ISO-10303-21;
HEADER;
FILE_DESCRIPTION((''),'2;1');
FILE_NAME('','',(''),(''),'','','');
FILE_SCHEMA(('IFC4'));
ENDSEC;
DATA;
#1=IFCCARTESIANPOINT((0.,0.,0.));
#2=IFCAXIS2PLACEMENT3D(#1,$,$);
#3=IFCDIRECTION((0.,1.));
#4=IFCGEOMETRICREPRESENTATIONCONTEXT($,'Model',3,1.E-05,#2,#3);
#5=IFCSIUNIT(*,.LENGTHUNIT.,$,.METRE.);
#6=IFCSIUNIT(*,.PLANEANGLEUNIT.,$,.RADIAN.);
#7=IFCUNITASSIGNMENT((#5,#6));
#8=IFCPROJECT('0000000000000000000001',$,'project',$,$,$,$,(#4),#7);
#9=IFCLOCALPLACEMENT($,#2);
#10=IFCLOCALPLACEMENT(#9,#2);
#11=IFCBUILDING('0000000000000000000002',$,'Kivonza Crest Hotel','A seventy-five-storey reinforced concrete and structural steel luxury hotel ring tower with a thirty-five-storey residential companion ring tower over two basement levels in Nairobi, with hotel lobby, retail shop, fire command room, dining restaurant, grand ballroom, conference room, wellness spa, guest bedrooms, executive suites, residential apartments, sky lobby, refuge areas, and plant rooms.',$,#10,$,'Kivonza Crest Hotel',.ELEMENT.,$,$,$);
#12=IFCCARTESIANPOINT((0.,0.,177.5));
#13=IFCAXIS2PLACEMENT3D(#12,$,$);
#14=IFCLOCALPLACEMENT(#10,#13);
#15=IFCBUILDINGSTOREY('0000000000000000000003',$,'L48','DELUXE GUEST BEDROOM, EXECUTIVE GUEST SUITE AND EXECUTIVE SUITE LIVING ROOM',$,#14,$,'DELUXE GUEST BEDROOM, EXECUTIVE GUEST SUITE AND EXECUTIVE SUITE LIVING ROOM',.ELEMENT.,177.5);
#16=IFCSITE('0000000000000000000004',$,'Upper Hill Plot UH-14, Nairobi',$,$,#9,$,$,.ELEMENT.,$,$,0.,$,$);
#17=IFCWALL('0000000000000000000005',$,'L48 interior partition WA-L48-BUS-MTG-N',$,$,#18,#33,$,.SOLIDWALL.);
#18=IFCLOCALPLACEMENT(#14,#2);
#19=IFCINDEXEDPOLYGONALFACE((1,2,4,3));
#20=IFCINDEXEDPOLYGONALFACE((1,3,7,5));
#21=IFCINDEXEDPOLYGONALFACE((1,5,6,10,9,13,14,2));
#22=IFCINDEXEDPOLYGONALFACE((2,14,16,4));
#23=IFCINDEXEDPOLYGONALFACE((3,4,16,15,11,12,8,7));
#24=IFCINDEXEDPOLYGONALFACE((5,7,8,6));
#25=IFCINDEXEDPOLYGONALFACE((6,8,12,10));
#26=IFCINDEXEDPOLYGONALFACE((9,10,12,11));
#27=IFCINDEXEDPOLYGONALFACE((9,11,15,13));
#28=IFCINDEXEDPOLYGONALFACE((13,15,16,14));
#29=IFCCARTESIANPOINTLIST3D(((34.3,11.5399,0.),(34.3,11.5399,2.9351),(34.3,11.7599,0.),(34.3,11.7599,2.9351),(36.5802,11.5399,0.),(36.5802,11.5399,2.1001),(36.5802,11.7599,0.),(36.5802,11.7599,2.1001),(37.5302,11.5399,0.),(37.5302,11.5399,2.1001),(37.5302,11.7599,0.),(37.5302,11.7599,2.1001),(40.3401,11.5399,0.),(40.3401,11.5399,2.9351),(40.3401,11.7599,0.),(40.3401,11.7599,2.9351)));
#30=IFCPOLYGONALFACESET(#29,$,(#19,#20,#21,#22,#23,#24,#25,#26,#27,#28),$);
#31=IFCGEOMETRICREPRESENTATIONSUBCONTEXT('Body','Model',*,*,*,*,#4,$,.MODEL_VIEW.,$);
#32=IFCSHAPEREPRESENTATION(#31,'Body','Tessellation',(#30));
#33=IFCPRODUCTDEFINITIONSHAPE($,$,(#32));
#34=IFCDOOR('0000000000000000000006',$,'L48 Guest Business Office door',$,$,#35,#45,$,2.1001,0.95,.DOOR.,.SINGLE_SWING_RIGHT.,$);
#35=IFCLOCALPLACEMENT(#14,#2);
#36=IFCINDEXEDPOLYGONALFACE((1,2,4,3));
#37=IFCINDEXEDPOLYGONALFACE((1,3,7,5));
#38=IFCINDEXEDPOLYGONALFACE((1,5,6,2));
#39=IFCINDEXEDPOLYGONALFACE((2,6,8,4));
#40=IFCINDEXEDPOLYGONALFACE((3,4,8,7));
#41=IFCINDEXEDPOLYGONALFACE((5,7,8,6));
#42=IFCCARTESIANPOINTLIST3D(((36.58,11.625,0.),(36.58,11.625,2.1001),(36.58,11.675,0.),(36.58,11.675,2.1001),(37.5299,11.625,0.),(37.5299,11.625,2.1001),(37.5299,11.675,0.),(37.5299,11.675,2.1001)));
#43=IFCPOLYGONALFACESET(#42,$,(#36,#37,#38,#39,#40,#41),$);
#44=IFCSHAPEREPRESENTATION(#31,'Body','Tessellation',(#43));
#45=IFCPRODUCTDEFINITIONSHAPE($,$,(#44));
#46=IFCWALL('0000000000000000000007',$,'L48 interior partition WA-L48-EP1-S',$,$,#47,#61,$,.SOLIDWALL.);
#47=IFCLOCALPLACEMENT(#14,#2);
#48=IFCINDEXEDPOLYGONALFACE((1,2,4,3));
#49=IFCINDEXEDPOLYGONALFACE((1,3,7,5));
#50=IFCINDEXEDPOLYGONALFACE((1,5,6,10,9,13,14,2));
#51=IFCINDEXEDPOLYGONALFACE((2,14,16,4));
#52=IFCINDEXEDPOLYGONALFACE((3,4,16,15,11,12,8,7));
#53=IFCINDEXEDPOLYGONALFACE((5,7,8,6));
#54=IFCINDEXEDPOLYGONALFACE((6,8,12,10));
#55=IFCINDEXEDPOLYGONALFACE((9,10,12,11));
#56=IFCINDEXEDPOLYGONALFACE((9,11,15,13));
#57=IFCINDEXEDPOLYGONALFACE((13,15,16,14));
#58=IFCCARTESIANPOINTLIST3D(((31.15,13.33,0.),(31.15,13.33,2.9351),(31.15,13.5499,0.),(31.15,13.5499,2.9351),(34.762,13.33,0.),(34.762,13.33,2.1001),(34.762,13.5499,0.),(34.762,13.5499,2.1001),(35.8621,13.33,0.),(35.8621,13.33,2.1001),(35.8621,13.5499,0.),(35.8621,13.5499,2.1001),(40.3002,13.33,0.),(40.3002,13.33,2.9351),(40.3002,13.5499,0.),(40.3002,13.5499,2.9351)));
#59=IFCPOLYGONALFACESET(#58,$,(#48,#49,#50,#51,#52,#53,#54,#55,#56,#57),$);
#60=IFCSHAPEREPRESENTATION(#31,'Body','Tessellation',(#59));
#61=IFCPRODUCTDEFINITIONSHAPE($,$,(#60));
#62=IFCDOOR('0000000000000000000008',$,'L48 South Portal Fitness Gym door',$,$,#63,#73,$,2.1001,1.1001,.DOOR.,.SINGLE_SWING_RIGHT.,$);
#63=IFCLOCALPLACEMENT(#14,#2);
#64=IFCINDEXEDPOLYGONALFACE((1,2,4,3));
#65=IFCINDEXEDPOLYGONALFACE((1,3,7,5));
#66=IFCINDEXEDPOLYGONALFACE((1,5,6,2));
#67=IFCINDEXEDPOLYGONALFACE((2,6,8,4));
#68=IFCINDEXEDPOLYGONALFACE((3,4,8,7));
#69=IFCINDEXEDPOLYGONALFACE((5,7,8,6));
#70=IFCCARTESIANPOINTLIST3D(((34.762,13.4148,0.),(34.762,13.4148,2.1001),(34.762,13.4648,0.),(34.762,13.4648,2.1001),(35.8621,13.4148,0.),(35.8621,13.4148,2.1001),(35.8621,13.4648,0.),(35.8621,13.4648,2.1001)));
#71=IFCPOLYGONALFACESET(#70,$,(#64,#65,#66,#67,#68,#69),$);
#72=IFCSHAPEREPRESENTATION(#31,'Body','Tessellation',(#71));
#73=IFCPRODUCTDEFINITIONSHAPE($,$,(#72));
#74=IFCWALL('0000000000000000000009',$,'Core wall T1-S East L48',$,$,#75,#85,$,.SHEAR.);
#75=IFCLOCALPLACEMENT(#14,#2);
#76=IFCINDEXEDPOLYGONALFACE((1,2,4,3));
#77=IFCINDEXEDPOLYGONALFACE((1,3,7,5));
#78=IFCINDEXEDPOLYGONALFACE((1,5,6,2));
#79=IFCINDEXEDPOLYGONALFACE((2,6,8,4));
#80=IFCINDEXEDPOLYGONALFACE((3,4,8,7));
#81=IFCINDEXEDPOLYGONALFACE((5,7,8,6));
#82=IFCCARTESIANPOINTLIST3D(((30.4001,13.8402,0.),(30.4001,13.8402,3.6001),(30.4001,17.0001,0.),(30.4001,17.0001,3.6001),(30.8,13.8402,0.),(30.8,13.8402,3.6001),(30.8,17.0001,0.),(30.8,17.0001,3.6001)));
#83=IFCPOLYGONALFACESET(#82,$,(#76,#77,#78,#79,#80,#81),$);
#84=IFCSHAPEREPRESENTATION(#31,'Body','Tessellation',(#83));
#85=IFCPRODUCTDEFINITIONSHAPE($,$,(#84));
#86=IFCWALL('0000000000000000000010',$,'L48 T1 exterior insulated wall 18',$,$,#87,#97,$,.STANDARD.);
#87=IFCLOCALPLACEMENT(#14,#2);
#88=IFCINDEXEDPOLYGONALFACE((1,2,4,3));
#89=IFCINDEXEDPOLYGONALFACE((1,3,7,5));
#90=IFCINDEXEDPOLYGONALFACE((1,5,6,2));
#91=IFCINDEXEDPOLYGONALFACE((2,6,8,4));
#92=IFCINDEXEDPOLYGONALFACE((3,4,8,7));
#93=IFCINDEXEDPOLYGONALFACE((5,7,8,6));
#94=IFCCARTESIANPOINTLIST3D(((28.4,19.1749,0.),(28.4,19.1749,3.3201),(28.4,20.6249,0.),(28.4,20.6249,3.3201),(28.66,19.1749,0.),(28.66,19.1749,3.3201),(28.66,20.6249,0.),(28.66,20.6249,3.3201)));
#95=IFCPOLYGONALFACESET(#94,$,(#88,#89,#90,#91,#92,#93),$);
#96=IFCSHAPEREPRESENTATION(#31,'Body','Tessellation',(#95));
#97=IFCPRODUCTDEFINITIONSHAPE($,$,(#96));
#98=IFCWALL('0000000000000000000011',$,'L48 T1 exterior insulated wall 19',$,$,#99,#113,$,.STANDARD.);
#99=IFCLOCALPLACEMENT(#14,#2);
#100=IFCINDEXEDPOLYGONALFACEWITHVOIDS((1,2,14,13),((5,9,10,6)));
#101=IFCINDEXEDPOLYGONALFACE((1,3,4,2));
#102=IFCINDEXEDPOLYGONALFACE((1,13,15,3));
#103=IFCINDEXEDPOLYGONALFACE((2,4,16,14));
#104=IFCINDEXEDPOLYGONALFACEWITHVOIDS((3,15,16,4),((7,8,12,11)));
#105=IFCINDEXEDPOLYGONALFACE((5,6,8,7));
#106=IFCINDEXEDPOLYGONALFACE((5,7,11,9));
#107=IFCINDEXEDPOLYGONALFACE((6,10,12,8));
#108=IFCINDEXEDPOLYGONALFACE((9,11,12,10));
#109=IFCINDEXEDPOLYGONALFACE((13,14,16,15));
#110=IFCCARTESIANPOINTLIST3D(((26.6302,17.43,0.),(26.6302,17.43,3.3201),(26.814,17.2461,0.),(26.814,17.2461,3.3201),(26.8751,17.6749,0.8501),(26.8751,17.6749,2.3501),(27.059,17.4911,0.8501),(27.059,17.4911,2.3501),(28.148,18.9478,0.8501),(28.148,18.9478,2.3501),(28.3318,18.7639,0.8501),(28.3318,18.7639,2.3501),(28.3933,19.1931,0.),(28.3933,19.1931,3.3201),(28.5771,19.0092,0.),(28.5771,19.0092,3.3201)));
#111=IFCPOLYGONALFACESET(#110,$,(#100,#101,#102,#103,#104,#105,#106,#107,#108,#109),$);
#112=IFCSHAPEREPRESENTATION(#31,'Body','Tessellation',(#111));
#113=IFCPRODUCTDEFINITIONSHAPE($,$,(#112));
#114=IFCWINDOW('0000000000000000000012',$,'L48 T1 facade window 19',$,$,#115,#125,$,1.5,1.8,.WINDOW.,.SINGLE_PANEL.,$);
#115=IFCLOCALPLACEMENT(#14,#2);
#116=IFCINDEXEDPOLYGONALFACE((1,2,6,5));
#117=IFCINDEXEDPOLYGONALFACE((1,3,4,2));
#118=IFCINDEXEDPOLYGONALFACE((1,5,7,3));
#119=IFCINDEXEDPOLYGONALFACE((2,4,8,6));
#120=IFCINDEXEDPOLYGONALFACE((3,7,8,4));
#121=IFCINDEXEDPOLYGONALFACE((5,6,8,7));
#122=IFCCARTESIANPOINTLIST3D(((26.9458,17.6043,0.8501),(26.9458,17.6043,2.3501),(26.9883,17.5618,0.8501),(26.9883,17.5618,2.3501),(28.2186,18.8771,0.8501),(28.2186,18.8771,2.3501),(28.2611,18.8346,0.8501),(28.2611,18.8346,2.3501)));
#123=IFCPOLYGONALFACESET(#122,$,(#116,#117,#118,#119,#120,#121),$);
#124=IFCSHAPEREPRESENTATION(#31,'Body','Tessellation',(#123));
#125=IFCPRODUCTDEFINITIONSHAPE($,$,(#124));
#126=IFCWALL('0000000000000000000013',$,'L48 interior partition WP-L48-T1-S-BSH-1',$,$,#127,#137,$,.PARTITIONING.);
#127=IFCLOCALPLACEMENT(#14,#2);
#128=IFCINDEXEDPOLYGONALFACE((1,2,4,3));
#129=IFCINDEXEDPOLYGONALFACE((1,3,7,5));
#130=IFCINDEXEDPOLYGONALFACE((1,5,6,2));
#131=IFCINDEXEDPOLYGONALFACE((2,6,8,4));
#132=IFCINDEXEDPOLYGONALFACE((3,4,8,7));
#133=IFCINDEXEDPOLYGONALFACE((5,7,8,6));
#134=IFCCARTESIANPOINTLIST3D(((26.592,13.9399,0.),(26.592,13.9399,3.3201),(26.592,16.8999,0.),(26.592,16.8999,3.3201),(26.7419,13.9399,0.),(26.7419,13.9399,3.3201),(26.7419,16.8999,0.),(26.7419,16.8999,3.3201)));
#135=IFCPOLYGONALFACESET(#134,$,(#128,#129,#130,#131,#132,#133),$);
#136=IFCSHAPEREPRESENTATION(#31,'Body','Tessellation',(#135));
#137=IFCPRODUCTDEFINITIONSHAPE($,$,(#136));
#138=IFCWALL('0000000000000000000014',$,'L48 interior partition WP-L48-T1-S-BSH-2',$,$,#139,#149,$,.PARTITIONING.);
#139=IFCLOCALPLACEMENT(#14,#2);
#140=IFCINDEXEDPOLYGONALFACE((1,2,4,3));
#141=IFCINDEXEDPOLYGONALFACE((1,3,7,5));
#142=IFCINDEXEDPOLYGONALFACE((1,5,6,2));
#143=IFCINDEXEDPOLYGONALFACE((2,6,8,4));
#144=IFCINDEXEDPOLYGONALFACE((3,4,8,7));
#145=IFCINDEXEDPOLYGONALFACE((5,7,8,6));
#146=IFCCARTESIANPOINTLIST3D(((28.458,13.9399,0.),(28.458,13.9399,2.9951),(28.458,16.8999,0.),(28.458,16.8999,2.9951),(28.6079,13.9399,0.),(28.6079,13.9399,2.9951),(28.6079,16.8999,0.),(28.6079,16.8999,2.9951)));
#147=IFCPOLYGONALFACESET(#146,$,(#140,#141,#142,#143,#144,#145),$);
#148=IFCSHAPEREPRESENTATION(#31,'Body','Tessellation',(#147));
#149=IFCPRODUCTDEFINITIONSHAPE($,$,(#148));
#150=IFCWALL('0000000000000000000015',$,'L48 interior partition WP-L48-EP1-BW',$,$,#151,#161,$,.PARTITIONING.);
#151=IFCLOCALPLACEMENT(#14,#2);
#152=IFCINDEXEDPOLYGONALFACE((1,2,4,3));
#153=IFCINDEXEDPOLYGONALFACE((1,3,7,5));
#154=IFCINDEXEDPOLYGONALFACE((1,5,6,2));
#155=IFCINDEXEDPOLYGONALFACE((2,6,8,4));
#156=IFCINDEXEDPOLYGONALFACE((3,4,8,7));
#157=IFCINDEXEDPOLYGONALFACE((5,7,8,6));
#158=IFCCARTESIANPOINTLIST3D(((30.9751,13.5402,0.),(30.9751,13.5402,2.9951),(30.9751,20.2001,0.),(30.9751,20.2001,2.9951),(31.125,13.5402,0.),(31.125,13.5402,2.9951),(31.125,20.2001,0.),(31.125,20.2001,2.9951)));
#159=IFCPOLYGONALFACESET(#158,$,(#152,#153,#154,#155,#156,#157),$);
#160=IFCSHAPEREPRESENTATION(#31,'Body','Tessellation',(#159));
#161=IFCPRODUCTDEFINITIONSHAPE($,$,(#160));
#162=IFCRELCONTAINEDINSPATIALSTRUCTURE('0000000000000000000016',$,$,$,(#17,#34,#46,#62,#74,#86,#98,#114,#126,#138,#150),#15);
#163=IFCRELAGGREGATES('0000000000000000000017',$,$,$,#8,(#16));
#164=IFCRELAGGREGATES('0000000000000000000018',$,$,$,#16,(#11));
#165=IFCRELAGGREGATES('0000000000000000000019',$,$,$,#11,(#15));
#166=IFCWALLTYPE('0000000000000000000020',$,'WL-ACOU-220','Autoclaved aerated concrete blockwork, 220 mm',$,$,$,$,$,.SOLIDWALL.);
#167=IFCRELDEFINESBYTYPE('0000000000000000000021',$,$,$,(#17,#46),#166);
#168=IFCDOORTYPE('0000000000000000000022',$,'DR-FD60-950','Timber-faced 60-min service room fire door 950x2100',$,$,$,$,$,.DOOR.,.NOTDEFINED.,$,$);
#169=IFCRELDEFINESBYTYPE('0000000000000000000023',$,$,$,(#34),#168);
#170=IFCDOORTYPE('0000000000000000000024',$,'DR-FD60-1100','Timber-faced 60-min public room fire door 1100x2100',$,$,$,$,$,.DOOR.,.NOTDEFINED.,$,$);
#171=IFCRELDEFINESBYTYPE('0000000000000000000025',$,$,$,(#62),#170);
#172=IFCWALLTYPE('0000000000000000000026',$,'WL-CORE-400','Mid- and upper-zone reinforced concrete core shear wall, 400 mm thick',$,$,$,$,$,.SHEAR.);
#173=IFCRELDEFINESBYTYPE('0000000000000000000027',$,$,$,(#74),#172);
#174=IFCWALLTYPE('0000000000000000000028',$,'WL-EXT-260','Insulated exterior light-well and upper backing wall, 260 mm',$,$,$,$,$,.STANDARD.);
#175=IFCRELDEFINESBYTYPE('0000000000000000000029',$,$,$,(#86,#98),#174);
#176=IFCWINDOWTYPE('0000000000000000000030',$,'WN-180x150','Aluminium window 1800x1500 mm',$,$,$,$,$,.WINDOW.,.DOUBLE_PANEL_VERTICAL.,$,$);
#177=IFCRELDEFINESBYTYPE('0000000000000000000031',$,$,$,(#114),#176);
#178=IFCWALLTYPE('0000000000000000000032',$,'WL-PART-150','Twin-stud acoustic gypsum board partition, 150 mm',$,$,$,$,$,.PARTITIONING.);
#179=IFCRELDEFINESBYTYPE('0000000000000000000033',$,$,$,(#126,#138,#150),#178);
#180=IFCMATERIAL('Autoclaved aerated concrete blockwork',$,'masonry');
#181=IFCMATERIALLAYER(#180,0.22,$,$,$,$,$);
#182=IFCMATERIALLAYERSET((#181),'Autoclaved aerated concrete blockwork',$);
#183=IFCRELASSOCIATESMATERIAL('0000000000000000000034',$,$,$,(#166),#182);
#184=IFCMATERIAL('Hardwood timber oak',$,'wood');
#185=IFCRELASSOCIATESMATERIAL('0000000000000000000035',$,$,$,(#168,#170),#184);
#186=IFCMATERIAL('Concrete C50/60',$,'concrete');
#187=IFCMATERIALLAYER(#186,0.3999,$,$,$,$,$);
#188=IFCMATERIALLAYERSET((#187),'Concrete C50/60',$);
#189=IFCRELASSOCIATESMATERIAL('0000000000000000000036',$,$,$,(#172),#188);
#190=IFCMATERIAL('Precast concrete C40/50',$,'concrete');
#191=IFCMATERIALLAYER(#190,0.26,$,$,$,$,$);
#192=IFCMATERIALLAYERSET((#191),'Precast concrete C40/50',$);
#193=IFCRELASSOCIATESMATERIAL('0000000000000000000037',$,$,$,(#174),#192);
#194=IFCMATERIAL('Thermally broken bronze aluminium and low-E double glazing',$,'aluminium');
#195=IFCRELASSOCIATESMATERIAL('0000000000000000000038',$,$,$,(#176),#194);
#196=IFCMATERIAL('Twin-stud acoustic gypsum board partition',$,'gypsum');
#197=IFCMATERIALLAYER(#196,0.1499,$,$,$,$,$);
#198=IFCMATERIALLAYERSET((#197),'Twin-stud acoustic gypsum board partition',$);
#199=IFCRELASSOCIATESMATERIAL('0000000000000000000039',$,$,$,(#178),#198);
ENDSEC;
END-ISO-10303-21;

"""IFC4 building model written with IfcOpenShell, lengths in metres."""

from ifc_helpers import new_model, si_unit, direction, frame, frame_2d, origin, place, context, subcontext, project, spatial, rectangle, extrude, material, layer, layer_set, type_object, element, fill, save


model = new_model("IFC4")

# Units and contexts
model_context = context("Model", 3, precision=1e-05, world=origin(), true_north=direction((0.0, 1.0)))
body_context = subcontext(model_context, "Body", "Model", "MODEL_VIEW")
ifc_project = project(units=[si_unit("LENGTHUNIT", "METRE"), si_unit("PLANEANGLEUNIT", "RADIAN")], contexts=[model_context])

# Site, building, storey
site_placement = place(None, origin())
site = spatial("IfcSite", under=ifc_project, at=site_placement, Name="Upper Hill Plot UH-14, Nairobi", CompositionType="ELEMENT", RefElevation=0.0)
building_placement = place(site_placement, origin())
building = spatial("IfcBuilding", under=site, at=building_placement, Name="Kivonza Crest Hotel", Description="A seventy-five-storey reinforced concrete and structural steel luxury hotel ring tower with a thirty-five-storey residential companion ring tower over two basement levels in Nairobi, with hotel lobby, retail shop, fire command room, dining restaurant, grand ballroom, conference room, wellness spa, guest bedrooms, executive suites, residential apartments, sky lobby, refuge areas, and plant rooms.", LongName="Kivonza Crest Hotel", CompositionType="ELEMENT")
storey_placement = place(building_placement, frame((0.0, 0.0, 177.5)))
storey = spatial("IfcBuildingStorey", under=building, at=storey_placement, Name="L48", Description="DELUXE GUEST BEDROOM, EXECUTIVE GUEST SUITE AND EXECUTIVE SUITE LIVING ROOM", LongName="DELUXE GUEST BEDROOM, EXECUTIVE GUEST SUITE AND EXECUTIVE SUITE LIVING ROOM", CompositionType="ELEMENT", Elevation=177.5)

# Shared definitions
ifc_material_1 = material(Name="Concrete C50/60", Category="concrete")

# Walls, openings, doors
ifc_material_2 = material(Name="Autoclaved aerated concrete blockwork", Category="masonry")
ifc_layer_1 = layer(ifc_material_2, 0.22)
ifc_layer_set_1 = layer_set([ifc_layer_1], Name="Autoclaved aerated concrete blockwork")
wall_type_1 = type_object("IfcWallType", Name="WL-ACOU-220", Description="Autoclaved aerated concrete blockwork, 220 mm", PredefinedType="SOLIDWALL", material=ifc_layer_set_1)
wall_1_placement = place(storey_placement, frame((34.3, 11.6499, 0.0), z_axis=(0.0, 0.0, 1.0), x_axis=(1.0, 0.0, 0.0)))
wall_1 = element("IfcWall", 1, at=wall_1_placement, inside=storey, type_object=wall_type_1, Name="L48 interior partition WA-L48-BUS-MTG-N", PredefinedType="SOLIDWALL", context=body_context, shape_type="SweptSolid", body=[
    extrude(rectangle(XDim=6.04, YDim=0.22, at=frame_2d((3.02, 0.0))), origin(), (0.0, 0.0, 1.0), 2.9351),
])
opening_1_placement = place(wall_1_placement, frame((2.28, 0.0, 0.0)))
opening_1 = element("IfcOpeningElement", 2, at=opening_1_placement, cuts=wall_1, PredefinedType="OPENING", context=body_context, shape_type="SweptSolid", body=[
    extrude(rectangle(XDim=0.95, YDim=2.1001, at=frame_2d((0.4751, 1.05))), frame((0.0, 0.1201, 0.0), z_axis=(0.0, -1.0, 0.0), x_axis=(1.0, 0.0, 0.0)), (0.0, 0.0, 1.0), 0.24),
])
ifc_material_3 = material(Name="Hardwood timber oak", Category="wood")
door_type_1 = type_object("IfcDoorType", Name="DR-FD60-950", Description="Timber-faced 60-min service room fire door 950x2100", OperationType="NOTDEFINED", PredefinedType="DOOR", material=ifc_material_3)
door_1_placement = place(opening_1_placement, frame((0.95, 0.0, 0.0), z_axis=(0.0, 0.0, 1.0), x_axis=(-1.0, 0.0, 0.0)))
door_1 = element("IfcDoor", 3, at=door_1_placement, inside=storey, type_object=door_type_1, Name="L48 Guest Business Office door", OperationType="SINGLE_SWING_RIGHT", OverallHeight=2.1001, OverallWidth=0.95, PredefinedType="DOOR", context=body_context, shape_type="SweptSolid", body=[
    extrude(rectangle(XDim=0.95, YDim=2.1001, at=frame_2d((0.4751, 1.05))), frame((0.0, 0.0249, 0.0), z_axis=(0.0, -1.0, 0.0), x_axis=(1.0, 0.0, 0.0)), (0.0, 0.0, 1.0), 0.05),
])
fill(opening_1, door_1)
wall_2_placement = place(storey_placement, frame((31.1499, 13.4399, 0.0), z_axis=(0.0, 0.0, 1.0), x_axis=(1.0, 0.0, 0.0)))
wall_2 = element("IfcWall", 4, at=wall_2_placement, inside=storey, type_object=wall_type_1, Name="L48 interior partition WA-L48-EP1-S", PredefinedType="SOLIDWALL", context=body_context, shape_type="SweptSolid", body=[
    extrude(rectangle(XDim=9.1501, YDim=0.22, at=frame_2d((4.5752, 0.0))), origin(), (0.0, 0.0, 1.0), 2.9351),
])
opening_2_placement = place(wall_2_placement, frame((3.6121, 0.0, 0.0)))
opening_2 = element("IfcOpeningElement", 5, at=opening_2_placement, cuts=wall_2, PredefinedType="OPENING", context=body_context, shape_type="SweptSolid", body=[
    extrude(rectangle(XDim=1.1001, YDim=2.1001, at=frame_2d((0.55, 1.05))), frame((0.0, 0.1201, 0.0), z_axis=(0.0, -1.0, 0.0), x_axis=(1.0, 0.0, 0.0)), (0.0, 0.0, 1.0), 0.24),
])
door_type_2 = type_object("IfcDoorType", Name="DR-FD60-1100", Description="Timber-faced 60-min public room fire door 1100x2100", OperationType="NOTDEFINED", PredefinedType="DOOR", material=ifc_material_3)
door_2_placement = place(opening_2_placement, origin())
door_2 = element("IfcDoor", 6, at=door_2_placement, inside=storey, type_object=door_type_2, Name="L48 South Portal Fitness Gym door", OperationType="SINGLE_SWING_RIGHT", OverallHeight=2.1001, OverallWidth=1.1001, PredefinedType="DOOR", context=body_context, shape_type="SweptSolid", body=[
    extrude(rectangle(XDim=1.1001, YDim=2.1001, at=frame_2d((0.55, 1.05))), frame((0.0, 0.0249, 0.0), z_axis=(0.0, -1.0, 0.0), x_axis=(1.0, 0.0, 0.0)), (0.0, 0.0, 1.0), 0.05),
])
fill(opening_2, door_2)

# Wall
ifc_layer_2 = layer(ifc_material_1, 0.3999)
ifc_layer_set_2 = layer_set([ifc_layer_2], Name="Concrete C50/60")
wall_type_2 = type_object("IfcWallType", Name="WL-CORE-400", Description="Mid- and upper-zone reinforced concrete core shear wall, 400 mm thick", PredefinedType="SHEAR", material=ifc_layer_set_2)
wall_3_placement = place(storey_placement, frame((30.6001, 13.8401, 0.0), z_axis=(0.0, 0.0, 1.0), x_axis=(0.0, 1.0, 0.0)))
element("IfcWall", 7, at=wall_3_placement, inside=storey, type_object=wall_type_2, Name="Core wall T1-S East L48", PredefinedType="SHEAR", context=body_context, shape_type="SweptSolid", body=[
    extrude(rectangle(XDim=3.1599, YDim=0.3999, at=frame_2d((1.5801, 0.0))), origin(), (0.0, 0.0, 1.0), 3.6001),
])

# Shared definitions
ifc_material_4 = material(Name="Precast concrete C40/50", Category="concrete")
ifc_layer_3 = layer(ifc_material_4, 0.26)
ifc_layer_set_3 = layer_set([ifc_layer_3], Name="Precast concrete C40/50")
wall_type_3 = type_object("IfcWallType", Name="WL-EXT-260", Description="Insulated exterior light-well and upper backing wall, 260 mm", PredefinedType="STANDARD", material=ifc_layer_set_3)
ifc_material_5 = material(Name="Thermally broken bronze aluminium and low-E double glazing", Category="aluminium")
window_type_1 = type_object("IfcWindowType", Name="WN-180x150", Description="Aluminium window 1800x1500 mm", PartitioningType="DOUBLE_PANEL_VERTICAL", PredefinedType="WINDOW", material=ifc_material_5)

# Wall
wall_4_placement = place(storey_placement, frame((28.53, 20.625, 0.0), z_axis=(0.0, 0.0, 1.0), x_axis=(0.0, -1.0, 0.0)))
element("IfcWall", 8, at=wall_4_placement, inside=storey, type_object=wall_type_3, Name="L48 T1 exterior insulated wall 18", PredefinedType="STANDARD", context=body_context, shape_type="SweptSolid", body=[
    extrude(rectangle(XDim=1.45, YDim=0.26, at=frame_2d((0.7251, 0.0))), origin(), (0.0, 0.0, 1.0), 3.3201),
])

# Wall, opening, window
wall_5_placement = place(storey_placement, frame((28.4851, 19.1011, 0.0), z_axis=(0.0, 0.0, 1.0), x_axis=(-0.707107, -0.707107, 0.0)))
wall_5 = element("IfcWall", 9, at=wall_5_placement, inside=storey, type_object=wall_type_3, Name="L48 T1 exterior insulated wall 19", PredefinedType="STANDARD", context=body_context, shape_type="SweptSolid", body=[
    extrude(rectangle(XDim=2.4934, YDim=0.26, at=frame_2d((1.2466, 0.0))), origin(), (0.0, 0.0, 1.0), 3.3201),
])
opening_3_placement = place(wall_5_placement, frame((0.3469, 0.0, 0.8501)))
opening_3 = element("IfcOpeningElement", 10, at=opening_3_placement, cuts=wall_5, PredefinedType="OPENING", context=body_context, shape_type="SweptSolid", body=[
    extrude(rectangle(XDim=1.8, YDim=1.5, at=frame_2d((0.8999, 0.75))), frame((0.0, 0.1401, 0.0), z_axis=(0.0, -1.0, 0.0), x_axis=(1.0, 0.0, 0.0)), (0.0, 0.0, 1.0), 0.28),
])
window_1_placement = place(opening_3_placement, origin())
window_1 = element("IfcWindow", 11, at=window_1_placement, inside=storey, type_object=window_type_1, Name="L48 T1 facade window 19", OverallHeight=1.5, OverallWidth=1.8, PartitioningType="SINGLE_PANEL", PredefinedType="WINDOW", context=body_context, shape_type="SweptSolid", body=[
    extrude(rectangle(XDim=1.8, YDim=1.5, at=frame_2d((0.8999, 0.75))), frame((0.0, 0.03, 0.0), z_axis=(0.0, -1.0, 0.0), x_axis=(1.0, 0.0, 0.0)), (0.0, 0.0, 1.0), 0.0601),
])
fill(opening_3, window_1)

# Walls
ifc_material_6 = material(Name="Twin-stud acoustic gypsum board partition", Category="gypsum")
ifc_layer_4 = layer(ifc_material_6, 0.1499)
ifc_layer_set_4 = layer_set([ifc_layer_4], Name="Twin-stud acoustic gypsum board partition")
wall_type_4 = type_object("IfcWallType", Name="WL-PART-150", Description="Twin-stud acoustic gypsum board partition, 150 mm", PredefinedType="PARTITIONING", material=ifc_layer_set_4)
wall_6_placement = place(storey_placement, frame((26.667, 13.9399, 0.0), z_axis=(0.0, 0.0, 1.0), x_axis=(0.0, 1.0, 0.0)))
element("IfcWall", 12, at=wall_6_placement, inside=storey, type_object=wall_type_4, Name="L48 interior partition WP-L48-T1-S-BSH-1", PredefinedType="PARTITIONING", context=body_context, shape_type="SweptSolid", body=[
    extrude(rectangle(XDim=2.96, YDim=0.1499, at=frame_2d((1.48, 0.0))), origin(), (0.0, 0.0, 1.0), 3.3201),
])
wall_7_placement = place(storey_placement, frame((28.533, 13.9399, 0.0), z_axis=(0.0, 0.0, 1.0), x_axis=(0.0, 1.0, 0.0)))
element("IfcWall", 13, at=wall_7_placement, inside=storey, type_object=wall_type_4, Name="L48 interior partition WP-L48-T1-S-BSH-2", PredefinedType="PARTITIONING", context=body_context, shape_type="SweptSolid", body=[
    extrude(rectangle(XDim=2.96, YDim=0.1499, at=frame_2d((1.48, 0.0))), origin(), (0.0, 0.0, 1.0), 2.9951),
])
wall_8_placement = place(storey_placement, frame((31.05, 13.54, 0.0), z_axis=(0.0, 0.0, 1.0), x_axis=(0.0, 1.0, 0.0)))
element("IfcWall", 14, at=wall_8_placement, inside=storey, type_object=wall_type_4, Name="L48 interior partition WP-L48-EP1-BW", PredefinedType="PARTITIONING", context=body_context, shape_type="SweptSolid", body=[
    extrude(rectangle(XDim=6.6599, YDim=0.1499, at=frame_2d((3.3301, 0.0))), origin(), (0.0, 0.0, 1.0), 2.9951),
])

save(model, "model.ifc")
